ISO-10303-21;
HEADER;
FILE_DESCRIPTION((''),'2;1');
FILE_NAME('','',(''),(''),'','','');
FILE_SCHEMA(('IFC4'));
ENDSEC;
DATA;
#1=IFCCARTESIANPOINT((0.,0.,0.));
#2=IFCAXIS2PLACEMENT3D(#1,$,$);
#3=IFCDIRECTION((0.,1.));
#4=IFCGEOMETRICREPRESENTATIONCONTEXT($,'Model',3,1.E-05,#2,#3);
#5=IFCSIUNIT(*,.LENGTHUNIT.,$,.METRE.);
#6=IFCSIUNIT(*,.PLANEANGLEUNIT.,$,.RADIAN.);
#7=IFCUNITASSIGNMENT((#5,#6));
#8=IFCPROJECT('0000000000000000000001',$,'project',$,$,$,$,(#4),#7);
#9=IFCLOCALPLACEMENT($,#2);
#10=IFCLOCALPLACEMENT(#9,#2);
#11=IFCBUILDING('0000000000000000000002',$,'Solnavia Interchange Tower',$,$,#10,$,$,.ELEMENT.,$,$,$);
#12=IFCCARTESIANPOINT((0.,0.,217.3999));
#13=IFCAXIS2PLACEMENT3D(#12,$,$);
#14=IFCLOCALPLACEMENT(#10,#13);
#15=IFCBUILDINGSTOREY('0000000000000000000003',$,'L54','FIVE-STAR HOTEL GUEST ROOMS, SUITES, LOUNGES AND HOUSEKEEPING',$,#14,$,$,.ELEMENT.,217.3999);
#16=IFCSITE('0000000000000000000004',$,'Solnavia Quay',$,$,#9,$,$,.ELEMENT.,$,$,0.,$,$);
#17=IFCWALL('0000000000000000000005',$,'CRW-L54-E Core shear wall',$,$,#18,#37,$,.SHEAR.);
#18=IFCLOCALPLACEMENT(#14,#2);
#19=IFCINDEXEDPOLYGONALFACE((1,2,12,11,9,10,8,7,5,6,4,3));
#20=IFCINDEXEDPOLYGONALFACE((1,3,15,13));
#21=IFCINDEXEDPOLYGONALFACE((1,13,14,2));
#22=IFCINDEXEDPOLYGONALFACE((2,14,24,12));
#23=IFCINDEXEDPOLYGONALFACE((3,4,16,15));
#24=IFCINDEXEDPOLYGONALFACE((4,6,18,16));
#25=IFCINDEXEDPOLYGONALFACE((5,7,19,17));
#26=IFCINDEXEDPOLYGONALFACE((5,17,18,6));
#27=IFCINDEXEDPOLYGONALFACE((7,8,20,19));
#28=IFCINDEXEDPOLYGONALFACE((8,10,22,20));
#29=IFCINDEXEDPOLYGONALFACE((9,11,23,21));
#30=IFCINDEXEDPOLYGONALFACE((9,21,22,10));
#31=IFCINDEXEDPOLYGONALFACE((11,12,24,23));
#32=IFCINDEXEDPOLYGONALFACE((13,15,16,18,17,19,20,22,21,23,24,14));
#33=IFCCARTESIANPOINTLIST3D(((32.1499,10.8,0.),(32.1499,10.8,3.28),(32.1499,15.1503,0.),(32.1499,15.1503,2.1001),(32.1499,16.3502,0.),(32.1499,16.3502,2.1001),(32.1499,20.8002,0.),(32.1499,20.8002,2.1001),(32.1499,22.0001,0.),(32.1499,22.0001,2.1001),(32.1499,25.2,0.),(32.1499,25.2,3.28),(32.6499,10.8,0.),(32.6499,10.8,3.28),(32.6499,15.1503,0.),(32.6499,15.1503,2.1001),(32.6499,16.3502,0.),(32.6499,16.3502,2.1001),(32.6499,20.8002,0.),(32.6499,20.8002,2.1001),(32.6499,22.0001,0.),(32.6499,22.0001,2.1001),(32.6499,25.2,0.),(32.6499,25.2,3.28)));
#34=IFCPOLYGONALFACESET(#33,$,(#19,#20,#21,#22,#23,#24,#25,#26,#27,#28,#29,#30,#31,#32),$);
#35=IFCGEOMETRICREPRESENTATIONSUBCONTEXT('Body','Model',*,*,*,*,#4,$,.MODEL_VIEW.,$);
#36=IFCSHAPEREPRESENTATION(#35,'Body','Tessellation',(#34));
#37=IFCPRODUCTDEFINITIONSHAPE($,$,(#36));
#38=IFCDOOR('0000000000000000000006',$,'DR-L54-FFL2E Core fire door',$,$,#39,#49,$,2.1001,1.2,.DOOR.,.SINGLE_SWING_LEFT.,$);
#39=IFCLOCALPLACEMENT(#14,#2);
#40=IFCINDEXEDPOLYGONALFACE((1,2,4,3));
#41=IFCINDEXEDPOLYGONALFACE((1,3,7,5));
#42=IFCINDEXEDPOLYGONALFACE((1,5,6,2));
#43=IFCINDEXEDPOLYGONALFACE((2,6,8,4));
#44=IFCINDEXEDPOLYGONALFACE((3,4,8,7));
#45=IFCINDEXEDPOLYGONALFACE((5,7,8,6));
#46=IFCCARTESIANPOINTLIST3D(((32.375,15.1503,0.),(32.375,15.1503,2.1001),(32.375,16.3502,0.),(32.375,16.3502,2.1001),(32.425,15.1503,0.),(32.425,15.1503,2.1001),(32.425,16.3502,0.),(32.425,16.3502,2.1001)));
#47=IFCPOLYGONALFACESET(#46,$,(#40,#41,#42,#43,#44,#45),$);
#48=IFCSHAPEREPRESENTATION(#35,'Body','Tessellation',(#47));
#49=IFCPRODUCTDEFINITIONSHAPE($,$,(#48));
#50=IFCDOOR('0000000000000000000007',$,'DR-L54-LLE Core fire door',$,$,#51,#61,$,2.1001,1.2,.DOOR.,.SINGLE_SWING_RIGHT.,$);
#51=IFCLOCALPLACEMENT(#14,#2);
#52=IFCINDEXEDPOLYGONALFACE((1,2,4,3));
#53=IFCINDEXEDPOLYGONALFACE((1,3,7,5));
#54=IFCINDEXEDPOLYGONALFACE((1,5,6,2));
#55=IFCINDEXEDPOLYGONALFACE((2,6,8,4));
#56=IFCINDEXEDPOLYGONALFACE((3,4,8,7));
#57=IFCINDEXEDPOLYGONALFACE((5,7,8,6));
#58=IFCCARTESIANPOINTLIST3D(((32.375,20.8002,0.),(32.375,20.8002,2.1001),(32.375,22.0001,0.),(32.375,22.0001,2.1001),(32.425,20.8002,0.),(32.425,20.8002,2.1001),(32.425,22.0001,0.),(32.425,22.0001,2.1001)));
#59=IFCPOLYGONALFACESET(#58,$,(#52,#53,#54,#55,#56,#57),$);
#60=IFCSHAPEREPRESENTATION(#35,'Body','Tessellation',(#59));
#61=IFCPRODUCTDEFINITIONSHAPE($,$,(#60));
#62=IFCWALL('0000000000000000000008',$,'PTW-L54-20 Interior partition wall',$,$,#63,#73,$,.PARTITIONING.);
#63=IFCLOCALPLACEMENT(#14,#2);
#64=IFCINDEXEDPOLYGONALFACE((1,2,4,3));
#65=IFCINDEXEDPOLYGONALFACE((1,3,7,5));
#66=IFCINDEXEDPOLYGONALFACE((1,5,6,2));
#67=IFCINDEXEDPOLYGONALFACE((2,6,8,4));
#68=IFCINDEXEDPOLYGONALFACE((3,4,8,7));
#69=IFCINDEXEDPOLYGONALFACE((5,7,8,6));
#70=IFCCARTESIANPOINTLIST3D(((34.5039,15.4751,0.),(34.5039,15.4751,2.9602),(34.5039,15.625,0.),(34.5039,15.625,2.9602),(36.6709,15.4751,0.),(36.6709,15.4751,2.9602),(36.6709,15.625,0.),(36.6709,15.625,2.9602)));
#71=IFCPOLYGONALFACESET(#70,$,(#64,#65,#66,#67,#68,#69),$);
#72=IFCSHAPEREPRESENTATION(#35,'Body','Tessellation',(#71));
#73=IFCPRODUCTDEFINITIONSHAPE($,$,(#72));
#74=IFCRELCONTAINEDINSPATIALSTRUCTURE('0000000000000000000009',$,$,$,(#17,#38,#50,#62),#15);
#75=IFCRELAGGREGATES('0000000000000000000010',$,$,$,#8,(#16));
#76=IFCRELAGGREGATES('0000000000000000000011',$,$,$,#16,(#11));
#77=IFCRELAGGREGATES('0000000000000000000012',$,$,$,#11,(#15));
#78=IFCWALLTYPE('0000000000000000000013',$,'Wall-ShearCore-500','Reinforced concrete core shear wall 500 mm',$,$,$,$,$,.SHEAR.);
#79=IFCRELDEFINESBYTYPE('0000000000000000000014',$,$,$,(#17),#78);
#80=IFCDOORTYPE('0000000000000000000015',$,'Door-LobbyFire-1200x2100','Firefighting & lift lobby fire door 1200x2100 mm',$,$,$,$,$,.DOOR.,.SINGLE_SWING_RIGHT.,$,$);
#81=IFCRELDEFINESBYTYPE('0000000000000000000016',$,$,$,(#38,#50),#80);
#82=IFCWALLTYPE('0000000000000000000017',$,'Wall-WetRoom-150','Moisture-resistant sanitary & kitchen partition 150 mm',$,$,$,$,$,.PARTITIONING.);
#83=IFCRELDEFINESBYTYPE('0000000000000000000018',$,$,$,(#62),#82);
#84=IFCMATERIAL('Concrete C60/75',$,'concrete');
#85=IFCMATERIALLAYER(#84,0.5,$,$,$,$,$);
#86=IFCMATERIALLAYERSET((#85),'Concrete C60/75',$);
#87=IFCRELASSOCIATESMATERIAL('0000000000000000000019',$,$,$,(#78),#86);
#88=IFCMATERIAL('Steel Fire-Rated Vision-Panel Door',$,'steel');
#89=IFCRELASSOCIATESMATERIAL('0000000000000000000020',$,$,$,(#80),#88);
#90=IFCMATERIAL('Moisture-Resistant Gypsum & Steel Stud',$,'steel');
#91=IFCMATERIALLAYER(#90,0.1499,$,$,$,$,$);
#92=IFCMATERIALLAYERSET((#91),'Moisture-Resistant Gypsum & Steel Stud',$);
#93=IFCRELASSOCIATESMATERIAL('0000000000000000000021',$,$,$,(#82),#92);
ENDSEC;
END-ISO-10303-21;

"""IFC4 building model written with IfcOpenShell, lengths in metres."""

from ifc_helpers import new_model, si_unit, direction, frame, frame_2d, origin, place, context, subcontext, project, spatial, rectangle, extrude, material, layer, layer_set, type_object, element, fill, save


model = new_model("IFC4")

# Units and contexts
model_context = context("Model", 3, precision=1e-05, world=origin(), true_north=direction((0.0, 1.0)))
body_context = subcontext(model_context, "Body", "Model", "MODEL_VIEW")
ifc_project = project(units=[si_unit("LENGTHUNIT", "METRE"), si_unit("PLANEANGLEUNIT", "RADIAN")], contexts=[model_context])

# Site, building, storey
site_placement = place(None, origin())
site = spatial("IfcSite", under=ifc_project, at=site_placement, Name="Solnavia Quay", CompositionType="ELEMENT", RefElevation=0.0)
building_placement = place(site_placement, origin())
building = spatial("IfcBuilding", under=site, at=building_placement, Name="Solnavia Interchange Tower", CompositionType="ELEMENT")
storey_placement = place(building_placement, frame((0.0, 0.0, 217.3999)))
storey = spatial("IfcBuildingStorey", under=building, at=storey_placement, Name="L54", Description="FIVE-STAR HOTEL GUEST ROOMS, SUITES, LOUNGES AND HOUSEKEEPING", CompositionType="ELEMENT", Elevation=217.3999)

# Wall, openings, doors
ifc_material_1 = material(Name="Concrete C60/75", Category="concrete")
ifc_layer_1 = layer(ifc_material_1, 0.5)
ifc_layer_set_1 = layer_set([ifc_layer_1], Name="Concrete C60/75")
wall_type_1 = type_object("IfcWallType", Name="Wall-ShearCore-500", Description="Reinforced concrete core shear wall 500 mm", PredefinedType="SHEAR", material=ifc_layer_set_1)
wall_1_placement = place(storey_placement, frame((32.3999, 10.8, 0.0), z_axis=(0.0, 0.0, 1.0), x_axis=(0.0, 1.0, 0.0)))
wall_1 = element("IfcWall", 1, at=wall_1_placement, inside=storey, type_object=wall_type_1, Name="CRW-L54-E Core shear wall", PredefinedType="SHEAR", context=body_context, shape_type="SweptSolid", body=[
    extrude(rectangle(XDim=14.3999, YDim=0.5, at=frame_2d((7.2, 0.0))), origin(), (0.0, 0.0, 1.0), 3.28),
])
opening_1_placement = place(wall_1_placement, frame((4.3501, 0.0, 0.0)))
opening_1 = element("IfcOpeningElement", 2, at=opening_1_placement, cuts=wall_1, PredefinedType="OPENING", context=body_context, shape_type="SweptSolid", body=[
    extrude(rectangle(XDim=1.2, YDim=2.1001, at=frame_2d((0.6001, 1.05))), frame((0.0, 0.26, 0.0), z_axis=(0.0, -1.0, 0.0), x_axis=(1.0, 0.0, 0.0)), (0.0, 0.0, 1.0), 0.52),
])
opening_2_placement = place(wall_1_placement, frame((10.0, 0.0, 0.0)))
opening_2 = element("IfcOpeningElement", 3, at=opening_2_placement, cuts=wall_1, PredefinedType="OPENING", context=body_context, shape_type="SweptSolid", body=[
    extrude(rectangle(XDim=1.2, YDim=2.1001, at=frame_2d((0.6001, 1.05))), frame((0.0, 0.26, 0.0), z_axis=(0.0, -1.0, 0.0), x_axis=(1.0, 0.0, 0.0)), (0.0, 0.0, 1.0), 0.52),
])
ifc_material_2 = material(Name="Steel Fire-Rated Vision-Panel Door", Category="steel")
door_type = type_object("IfcDoorType", Name="Door-LobbyFire-1200x2100", Description="Firefighting & lift lobby fire door 1200x2100 mm", OperationType="SINGLE_SWING_RIGHT", PredefinedType="DOOR", material=ifc_material_2)
door_1_placement = place(opening_1_placement, origin())
door_1 = element("IfcDoor", 4, at=door_1_placement, inside=storey, type_object=door_type, Name="DR-L54-FFL2E Core fire door", OperationType="SINGLE_SWING_LEFT", OverallHeight=2.1001, OverallWidth=1.2, PredefinedType="DOOR", context=body_context, shape_type="SweptSolid", body=[
    extrude(rectangle(XDim=1.2, YDim=2.1001, at=frame_2d((0.6001, 1.05))), frame((0.0, 0.0249, 0.0), z_axis=(0.0, -1.0, 0.0), x_axis=(1.0, 0.0, 0.0)), (0.0, 0.0, 1.0), 0.05),
])
fill(opening_1, door_1)
door_2_placement = place(opening_2_placement, origin())
door_2 = element("IfcDoor", 5, at=door_2_placement, inside=storey, type_object=door_type, Name="DR-L54-LLE Core fire door", OperationType="SINGLE_SWING_RIGHT", OverallHeight=2.1001, OverallWidth=1.2, PredefinedType="DOOR", context=body_context, shape_type="SweptSolid", body=[
    extrude(rectangle(XDim=1.2, YDim=2.1001, at=frame_2d((0.6001, 1.05))), frame((0.0, 0.0249, 0.0), z_axis=(0.0, -1.0, 0.0), x_axis=(1.0, 0.0, 0.0)), (0.0, 0.0, 1.0), 0.05),
])
fill(opening_2, door_2)

# Wall
ifc_material_3 = material(Name="Moisture-Resistant Gypsum & Steel Stud", Category="steel")
ifc_layer_2 = layer(ifc_material_3, 0.1499)
ifc_layer_set_2 = layer_set([ifc_layer_2], Name="Moisture-Resistant Gypsum & Steel Stud")
wall_type_2 = type_object("IfcWallType", Name="Wall-WetRoom-150", Description="Moisture-resistant sanitary & kitchen partition 150 mm", PredefinedType="PARTITIONING", material=ifc_layer_set_2)
wall_2_placement = place(storey_placement, frame((34.5039, 15.55, 0.0), z_axis=(0.0, 0.0, 1.0), x_axis=(1.0, 0.0, 0.0)))
element("IfcWall", 6, at=wall_2_placement, inside=storey, type_object=wall_type_2, Name="PTW-L54-20 Interior partition wall", PredefinedType="PARTITIONING", context=body_context, shape_type="SweptSolid", body=[
    extrude(rectangle(XDim=2.167, YDim=0.1499, at=frame_2d((1.0835, 0.0))), origin(), (0.0, 0.0, 1.0), 2.9602),
])

save(model, "model.ifc")
